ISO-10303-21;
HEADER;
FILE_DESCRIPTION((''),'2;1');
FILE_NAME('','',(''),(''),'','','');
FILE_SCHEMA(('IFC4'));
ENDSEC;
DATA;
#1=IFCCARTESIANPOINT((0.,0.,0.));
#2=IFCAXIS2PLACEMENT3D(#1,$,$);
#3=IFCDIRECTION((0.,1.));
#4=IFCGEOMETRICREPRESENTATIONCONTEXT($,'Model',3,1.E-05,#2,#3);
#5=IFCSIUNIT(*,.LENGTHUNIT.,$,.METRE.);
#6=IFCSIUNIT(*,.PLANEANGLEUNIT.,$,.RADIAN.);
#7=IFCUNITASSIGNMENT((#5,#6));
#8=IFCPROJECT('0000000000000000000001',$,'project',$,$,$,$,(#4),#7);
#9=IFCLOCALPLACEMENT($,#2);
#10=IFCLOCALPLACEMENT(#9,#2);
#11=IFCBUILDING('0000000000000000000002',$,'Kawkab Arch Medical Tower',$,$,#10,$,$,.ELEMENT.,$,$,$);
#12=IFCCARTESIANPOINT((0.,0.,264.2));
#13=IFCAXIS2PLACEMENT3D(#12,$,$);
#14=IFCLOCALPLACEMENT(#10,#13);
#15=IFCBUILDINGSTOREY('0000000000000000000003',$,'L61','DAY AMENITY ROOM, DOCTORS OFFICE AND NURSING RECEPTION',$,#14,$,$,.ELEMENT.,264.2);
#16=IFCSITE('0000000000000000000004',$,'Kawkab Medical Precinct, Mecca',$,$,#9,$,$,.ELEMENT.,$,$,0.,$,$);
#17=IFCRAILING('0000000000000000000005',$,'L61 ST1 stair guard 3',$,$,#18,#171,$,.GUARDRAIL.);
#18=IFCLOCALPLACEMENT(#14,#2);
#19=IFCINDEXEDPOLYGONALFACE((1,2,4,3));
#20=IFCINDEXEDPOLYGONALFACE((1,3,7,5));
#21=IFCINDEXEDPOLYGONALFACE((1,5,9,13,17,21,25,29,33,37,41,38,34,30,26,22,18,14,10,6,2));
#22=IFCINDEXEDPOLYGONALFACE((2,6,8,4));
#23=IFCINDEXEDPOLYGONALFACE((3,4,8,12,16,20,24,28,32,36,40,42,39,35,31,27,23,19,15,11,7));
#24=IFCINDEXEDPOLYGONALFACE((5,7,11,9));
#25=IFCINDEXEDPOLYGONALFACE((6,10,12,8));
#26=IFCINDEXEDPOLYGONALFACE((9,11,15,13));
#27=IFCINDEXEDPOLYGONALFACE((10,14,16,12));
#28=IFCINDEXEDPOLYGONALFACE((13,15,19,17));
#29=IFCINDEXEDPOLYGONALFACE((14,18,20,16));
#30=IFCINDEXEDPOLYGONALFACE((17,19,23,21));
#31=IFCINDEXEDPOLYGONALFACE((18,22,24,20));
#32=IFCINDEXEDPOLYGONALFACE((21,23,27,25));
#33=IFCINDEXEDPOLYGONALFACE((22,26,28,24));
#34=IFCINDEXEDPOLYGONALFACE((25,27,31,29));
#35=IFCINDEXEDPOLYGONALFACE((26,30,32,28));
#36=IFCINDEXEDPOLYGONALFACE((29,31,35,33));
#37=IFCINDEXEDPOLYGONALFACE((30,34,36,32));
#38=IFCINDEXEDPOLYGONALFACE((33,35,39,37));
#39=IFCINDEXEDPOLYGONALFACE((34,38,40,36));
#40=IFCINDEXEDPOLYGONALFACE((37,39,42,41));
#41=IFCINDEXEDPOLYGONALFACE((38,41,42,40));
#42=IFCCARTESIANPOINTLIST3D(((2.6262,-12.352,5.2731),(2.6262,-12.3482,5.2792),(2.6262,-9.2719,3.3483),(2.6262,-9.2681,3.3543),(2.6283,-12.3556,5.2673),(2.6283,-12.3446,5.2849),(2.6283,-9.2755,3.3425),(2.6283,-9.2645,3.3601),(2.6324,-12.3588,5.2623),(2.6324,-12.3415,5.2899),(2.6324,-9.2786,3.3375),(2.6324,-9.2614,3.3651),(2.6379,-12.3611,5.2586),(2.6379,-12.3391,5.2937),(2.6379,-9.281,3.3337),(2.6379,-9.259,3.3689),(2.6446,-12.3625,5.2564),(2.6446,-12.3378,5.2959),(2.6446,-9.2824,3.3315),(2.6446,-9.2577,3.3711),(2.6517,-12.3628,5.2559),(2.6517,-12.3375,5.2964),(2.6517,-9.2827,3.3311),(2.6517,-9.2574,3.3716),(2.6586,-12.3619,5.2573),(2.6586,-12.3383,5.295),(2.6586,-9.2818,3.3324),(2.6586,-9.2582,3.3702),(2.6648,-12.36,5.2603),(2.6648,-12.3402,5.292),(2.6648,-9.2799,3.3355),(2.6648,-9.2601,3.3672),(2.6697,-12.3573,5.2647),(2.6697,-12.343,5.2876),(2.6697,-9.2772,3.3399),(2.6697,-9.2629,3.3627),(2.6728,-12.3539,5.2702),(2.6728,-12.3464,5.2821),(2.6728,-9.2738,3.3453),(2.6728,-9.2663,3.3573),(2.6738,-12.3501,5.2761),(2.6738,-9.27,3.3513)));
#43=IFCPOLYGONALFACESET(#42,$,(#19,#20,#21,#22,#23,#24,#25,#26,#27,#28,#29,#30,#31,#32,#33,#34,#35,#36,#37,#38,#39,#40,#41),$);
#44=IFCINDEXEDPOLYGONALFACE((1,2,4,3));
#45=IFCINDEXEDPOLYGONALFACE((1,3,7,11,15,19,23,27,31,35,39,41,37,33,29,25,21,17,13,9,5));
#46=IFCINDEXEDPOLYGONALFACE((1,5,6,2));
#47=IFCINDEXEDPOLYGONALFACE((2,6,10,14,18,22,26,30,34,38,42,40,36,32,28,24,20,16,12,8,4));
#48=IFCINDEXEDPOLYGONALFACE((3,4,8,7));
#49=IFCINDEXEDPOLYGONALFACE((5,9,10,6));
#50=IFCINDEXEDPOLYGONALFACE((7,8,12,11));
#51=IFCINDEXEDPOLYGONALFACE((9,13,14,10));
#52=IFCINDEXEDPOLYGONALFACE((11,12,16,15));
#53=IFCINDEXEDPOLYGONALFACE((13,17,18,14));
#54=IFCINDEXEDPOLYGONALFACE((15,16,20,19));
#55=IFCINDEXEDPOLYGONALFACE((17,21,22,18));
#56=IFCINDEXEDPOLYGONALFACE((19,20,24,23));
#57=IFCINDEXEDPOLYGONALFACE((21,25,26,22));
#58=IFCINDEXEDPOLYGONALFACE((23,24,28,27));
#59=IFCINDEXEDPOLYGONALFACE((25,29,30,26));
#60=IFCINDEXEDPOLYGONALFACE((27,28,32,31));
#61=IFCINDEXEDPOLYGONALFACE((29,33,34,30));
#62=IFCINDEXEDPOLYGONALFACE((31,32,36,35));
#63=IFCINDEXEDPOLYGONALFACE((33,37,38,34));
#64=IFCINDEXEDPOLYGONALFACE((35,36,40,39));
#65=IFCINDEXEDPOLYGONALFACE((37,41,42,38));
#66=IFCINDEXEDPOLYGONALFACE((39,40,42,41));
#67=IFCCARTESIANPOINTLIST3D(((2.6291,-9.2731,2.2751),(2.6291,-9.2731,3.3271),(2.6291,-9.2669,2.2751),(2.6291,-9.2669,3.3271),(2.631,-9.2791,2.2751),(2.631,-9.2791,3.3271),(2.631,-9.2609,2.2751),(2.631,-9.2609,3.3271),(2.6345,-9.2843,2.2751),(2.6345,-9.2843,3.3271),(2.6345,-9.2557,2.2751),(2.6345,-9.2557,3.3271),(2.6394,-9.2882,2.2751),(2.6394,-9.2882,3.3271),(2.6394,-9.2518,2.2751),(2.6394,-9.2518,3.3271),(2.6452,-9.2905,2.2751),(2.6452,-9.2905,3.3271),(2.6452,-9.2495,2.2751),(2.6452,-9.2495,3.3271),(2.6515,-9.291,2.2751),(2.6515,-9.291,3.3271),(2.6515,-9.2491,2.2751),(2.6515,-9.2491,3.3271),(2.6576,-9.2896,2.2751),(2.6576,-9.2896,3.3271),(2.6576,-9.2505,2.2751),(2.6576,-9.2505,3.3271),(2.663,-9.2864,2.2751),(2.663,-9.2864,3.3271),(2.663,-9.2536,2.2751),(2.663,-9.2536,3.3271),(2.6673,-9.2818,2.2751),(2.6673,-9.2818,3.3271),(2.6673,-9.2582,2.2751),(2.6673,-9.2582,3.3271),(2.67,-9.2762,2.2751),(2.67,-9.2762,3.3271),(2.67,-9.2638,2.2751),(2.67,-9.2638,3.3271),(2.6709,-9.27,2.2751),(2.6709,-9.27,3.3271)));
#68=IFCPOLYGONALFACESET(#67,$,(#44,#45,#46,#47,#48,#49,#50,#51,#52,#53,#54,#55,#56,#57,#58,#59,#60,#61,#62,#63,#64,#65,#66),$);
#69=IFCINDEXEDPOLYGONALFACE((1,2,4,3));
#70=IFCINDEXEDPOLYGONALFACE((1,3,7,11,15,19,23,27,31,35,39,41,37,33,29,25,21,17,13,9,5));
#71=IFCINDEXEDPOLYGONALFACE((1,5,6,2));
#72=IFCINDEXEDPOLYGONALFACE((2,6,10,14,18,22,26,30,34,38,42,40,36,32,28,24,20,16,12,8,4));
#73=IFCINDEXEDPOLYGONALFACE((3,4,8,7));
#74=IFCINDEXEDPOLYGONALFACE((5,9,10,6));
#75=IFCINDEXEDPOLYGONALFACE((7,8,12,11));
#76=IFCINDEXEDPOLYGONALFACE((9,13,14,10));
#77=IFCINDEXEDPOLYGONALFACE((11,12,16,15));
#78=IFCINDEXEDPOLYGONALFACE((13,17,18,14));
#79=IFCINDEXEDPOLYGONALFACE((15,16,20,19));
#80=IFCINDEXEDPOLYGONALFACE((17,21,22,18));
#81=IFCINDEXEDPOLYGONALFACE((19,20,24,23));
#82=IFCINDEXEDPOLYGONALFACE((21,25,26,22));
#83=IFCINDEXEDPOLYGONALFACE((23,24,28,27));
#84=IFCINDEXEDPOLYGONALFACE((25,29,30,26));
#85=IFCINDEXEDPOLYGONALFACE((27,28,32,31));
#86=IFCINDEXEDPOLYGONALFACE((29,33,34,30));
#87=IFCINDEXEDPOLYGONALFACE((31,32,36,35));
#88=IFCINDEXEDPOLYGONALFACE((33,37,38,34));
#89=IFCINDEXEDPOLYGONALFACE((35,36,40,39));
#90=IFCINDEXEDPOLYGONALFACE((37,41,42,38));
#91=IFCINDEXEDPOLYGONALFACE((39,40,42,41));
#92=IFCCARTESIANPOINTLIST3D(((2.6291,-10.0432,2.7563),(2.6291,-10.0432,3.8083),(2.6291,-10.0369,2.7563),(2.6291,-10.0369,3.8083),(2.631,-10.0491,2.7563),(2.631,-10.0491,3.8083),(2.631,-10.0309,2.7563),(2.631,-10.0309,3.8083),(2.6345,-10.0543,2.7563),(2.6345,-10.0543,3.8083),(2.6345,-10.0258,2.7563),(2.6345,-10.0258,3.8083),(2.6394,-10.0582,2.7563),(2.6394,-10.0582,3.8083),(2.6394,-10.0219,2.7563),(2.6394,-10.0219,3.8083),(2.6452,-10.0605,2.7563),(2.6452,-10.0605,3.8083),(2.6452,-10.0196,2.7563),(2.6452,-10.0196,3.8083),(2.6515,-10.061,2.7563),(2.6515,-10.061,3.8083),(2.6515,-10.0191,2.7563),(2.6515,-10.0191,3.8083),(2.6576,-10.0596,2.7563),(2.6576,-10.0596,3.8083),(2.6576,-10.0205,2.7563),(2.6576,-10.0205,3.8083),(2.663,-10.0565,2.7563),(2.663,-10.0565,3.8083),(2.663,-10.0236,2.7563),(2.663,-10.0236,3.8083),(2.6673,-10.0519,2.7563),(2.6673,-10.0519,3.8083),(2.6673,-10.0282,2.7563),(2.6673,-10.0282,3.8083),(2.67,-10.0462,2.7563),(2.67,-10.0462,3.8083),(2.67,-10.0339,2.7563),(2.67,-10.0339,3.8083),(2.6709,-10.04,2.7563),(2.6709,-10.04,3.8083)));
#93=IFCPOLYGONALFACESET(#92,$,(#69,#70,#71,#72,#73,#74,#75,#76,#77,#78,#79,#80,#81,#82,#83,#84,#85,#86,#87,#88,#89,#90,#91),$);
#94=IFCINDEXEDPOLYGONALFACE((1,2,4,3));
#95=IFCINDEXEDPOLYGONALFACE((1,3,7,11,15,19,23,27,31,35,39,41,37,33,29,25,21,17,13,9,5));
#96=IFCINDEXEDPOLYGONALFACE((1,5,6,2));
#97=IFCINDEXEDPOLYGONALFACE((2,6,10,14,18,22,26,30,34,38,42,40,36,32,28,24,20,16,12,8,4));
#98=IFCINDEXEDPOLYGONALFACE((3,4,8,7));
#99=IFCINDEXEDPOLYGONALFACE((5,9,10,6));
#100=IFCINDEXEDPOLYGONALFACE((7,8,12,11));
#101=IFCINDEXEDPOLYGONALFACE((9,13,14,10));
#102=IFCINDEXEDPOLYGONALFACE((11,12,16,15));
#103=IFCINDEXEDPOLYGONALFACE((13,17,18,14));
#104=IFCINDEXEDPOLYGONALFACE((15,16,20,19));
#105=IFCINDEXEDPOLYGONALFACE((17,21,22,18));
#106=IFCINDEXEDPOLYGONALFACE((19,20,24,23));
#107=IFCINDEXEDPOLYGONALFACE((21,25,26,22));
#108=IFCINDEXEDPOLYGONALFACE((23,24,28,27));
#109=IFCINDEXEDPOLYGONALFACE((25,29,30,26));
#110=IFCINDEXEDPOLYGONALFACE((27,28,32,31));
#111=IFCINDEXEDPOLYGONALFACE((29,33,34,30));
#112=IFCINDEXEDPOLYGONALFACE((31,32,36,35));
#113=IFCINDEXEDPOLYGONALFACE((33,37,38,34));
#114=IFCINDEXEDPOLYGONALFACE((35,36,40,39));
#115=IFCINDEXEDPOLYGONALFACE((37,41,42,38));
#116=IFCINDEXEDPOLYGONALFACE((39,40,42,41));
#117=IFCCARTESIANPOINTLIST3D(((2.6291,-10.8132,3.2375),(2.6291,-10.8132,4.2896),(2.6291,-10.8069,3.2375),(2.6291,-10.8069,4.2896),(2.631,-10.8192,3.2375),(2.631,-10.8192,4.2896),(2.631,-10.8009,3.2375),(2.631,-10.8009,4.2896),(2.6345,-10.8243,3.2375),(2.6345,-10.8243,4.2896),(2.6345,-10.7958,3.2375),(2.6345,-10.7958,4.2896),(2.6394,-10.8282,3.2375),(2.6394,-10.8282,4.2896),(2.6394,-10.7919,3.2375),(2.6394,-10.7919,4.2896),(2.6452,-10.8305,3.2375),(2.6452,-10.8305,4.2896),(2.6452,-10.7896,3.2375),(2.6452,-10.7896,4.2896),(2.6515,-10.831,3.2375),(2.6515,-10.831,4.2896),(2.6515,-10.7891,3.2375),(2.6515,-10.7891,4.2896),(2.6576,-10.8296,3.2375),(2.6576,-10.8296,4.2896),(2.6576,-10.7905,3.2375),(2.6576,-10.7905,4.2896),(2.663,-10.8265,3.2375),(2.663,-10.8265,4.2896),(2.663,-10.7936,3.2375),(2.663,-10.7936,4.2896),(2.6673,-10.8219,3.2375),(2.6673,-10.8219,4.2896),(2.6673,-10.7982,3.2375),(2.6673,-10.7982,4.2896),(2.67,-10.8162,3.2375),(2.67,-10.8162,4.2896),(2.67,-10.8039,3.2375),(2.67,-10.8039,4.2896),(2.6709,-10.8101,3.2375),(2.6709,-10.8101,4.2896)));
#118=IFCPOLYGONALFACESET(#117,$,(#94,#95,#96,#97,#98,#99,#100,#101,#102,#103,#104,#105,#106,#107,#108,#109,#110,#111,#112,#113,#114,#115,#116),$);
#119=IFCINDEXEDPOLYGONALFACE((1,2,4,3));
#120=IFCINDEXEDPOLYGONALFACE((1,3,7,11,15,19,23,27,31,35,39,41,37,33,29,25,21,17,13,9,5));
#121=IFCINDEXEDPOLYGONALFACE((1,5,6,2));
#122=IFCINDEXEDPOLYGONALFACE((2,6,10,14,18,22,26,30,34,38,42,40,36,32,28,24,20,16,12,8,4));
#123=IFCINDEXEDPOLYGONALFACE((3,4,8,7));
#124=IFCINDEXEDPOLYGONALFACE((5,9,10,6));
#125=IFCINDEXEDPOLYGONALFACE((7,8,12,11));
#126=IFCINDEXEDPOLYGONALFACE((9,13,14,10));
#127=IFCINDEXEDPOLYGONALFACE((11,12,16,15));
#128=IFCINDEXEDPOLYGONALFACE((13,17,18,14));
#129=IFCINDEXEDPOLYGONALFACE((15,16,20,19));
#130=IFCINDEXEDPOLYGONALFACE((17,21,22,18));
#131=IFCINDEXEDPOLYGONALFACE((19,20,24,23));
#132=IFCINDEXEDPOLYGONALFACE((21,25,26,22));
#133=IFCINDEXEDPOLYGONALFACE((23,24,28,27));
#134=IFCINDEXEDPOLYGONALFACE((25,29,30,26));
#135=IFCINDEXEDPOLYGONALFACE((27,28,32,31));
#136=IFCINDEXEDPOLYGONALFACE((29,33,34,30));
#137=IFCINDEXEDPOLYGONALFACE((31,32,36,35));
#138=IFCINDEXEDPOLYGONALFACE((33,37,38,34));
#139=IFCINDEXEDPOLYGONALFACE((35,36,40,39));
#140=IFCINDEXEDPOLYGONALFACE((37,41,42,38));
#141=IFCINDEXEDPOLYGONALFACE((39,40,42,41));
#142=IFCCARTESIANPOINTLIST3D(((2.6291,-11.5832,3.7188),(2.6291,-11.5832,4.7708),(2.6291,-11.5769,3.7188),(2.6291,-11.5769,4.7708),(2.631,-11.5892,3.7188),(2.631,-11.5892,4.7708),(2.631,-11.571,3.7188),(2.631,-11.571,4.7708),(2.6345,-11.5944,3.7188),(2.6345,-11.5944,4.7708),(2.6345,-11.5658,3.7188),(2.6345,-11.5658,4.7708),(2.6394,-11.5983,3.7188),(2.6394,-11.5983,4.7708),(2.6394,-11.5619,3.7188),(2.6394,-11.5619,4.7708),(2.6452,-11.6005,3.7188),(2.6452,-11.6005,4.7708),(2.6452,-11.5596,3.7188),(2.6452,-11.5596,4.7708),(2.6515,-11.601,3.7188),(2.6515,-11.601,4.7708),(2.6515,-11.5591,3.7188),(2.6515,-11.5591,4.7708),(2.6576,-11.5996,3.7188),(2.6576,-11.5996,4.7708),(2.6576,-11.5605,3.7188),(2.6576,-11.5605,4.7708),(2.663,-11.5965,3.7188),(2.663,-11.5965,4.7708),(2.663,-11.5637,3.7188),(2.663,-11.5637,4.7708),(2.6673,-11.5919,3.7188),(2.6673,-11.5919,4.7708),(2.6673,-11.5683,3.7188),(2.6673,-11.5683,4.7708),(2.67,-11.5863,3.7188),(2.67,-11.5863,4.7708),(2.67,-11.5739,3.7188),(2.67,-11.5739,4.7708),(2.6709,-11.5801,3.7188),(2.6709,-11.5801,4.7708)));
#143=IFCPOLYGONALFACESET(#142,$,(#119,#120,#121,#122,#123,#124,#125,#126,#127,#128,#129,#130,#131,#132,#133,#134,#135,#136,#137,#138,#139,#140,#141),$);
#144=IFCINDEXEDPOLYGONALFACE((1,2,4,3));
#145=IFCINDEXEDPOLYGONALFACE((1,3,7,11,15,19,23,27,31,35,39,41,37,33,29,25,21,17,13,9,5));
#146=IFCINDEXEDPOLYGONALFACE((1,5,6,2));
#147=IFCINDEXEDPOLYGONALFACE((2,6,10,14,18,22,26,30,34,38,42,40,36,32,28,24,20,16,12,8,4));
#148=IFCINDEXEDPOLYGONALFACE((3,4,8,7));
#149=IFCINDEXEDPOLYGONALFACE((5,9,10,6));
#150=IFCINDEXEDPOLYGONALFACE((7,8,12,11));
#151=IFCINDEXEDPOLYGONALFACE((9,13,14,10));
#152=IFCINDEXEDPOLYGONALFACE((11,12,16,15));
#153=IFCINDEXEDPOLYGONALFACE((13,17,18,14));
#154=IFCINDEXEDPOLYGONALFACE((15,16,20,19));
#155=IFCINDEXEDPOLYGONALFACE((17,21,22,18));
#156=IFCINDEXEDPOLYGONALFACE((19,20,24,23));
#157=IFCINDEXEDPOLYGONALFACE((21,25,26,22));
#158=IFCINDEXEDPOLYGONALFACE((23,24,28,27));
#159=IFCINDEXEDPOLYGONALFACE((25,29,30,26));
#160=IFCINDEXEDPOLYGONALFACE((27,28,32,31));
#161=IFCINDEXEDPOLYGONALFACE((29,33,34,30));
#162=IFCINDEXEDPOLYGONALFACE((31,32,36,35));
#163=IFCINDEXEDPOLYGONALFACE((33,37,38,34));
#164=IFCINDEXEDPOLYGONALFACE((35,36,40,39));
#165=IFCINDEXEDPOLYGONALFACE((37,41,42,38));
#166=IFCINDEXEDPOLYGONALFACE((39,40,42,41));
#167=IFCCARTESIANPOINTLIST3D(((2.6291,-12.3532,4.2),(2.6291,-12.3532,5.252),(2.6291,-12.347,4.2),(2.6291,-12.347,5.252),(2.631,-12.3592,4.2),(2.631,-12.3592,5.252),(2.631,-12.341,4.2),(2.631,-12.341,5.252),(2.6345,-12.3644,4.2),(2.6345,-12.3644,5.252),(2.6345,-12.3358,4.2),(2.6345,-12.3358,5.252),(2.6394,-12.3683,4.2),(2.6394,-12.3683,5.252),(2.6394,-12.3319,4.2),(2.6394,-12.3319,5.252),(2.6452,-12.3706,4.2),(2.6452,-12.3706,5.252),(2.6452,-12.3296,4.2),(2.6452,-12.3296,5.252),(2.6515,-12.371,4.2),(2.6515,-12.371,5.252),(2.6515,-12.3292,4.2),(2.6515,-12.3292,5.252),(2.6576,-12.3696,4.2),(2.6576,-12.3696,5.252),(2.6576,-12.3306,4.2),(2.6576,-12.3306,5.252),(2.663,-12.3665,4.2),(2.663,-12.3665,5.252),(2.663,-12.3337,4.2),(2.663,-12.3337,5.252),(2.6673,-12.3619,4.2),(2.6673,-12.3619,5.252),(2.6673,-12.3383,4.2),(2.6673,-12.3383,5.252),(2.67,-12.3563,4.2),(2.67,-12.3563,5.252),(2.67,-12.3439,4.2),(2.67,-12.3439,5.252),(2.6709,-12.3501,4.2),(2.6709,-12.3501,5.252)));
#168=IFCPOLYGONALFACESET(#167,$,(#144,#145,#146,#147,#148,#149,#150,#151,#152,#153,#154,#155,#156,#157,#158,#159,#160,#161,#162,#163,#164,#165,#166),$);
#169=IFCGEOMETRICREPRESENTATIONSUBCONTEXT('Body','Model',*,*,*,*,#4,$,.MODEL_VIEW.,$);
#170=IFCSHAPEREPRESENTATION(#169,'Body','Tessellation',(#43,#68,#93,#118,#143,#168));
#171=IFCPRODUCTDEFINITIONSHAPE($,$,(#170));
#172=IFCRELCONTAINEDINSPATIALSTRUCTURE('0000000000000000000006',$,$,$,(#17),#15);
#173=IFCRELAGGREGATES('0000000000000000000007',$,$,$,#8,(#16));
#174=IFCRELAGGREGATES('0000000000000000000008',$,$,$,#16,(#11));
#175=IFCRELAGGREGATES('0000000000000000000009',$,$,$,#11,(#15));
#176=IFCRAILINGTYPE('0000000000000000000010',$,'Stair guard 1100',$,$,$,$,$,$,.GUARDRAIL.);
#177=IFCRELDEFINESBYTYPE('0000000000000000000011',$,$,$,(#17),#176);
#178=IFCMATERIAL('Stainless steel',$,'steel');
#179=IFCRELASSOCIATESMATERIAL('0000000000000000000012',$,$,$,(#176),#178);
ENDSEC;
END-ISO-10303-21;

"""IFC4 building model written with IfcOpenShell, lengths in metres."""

from ifc_helpers import new_model, si_unit, direction, frame, origin, origin_2d, place, context, subcontext, project, spatial, circle, extrude, material, type_object, element, save


model = new_model("IFC4")

# Units and contexts
model_context = context("Model", 3, precision=1e-05, world=origin(), true_north=direction((0.0, 1.0)))
body_context = subcontext(model_context, "Body", "Model", "MODEL_VIEW")
ifc_project = project(units=[si_unit("LENGTHUNIT", "METRE"), si_unit("PLANEANGLEUNIT", "RADIAN")], contexts=[model_context])

# Site, building, storey
site_placement = place(None, origin())
site = spatial("IfcSite", under=ifc_project, at=site_placement, Name="Kawkab Medical Precinct, Mecca", CompositionType="ELEMENT", RefElevation=0.0)
building_placement = place(site_placement, origin())
building = spatial("IfcBuilding", under=site, at=building_placement, Name="Kawkab Arch Medical Tower", CompositionType="ELEMENT")
storey_placement = place(building_placement, frame((0.0, 0.0, 264.2)))
storey = spatial("IfcBuildingStorey", under=building, at=storey_placement, Name="L61", Description="DAY AMENITY ROOM, DOCTORS OFFICE AND NURSING RECEPTION", CompositionType="ELEMENT", Elevation=264.2)

# Railing
ifc_material_1 = material(Name="Stainless steel", Category="steel")
railing_type_1 = type_object("IfcRailingType", Name="Stair guard 1100", PredefinedType="GUARDRAIL", material=ifc_material_1)
railing_1_placement = place(storey_placement, frame((2.6499, -9.27, 2.2751)))
element("IfcRailing", 1, at=railing_1_placement, inside=storey, type_object=railing_type_1, Name="L61 ST1 stair guard 3", PredefinedType="GUARDRAIL", context=body_context, shape_type="SweptSolid", body=[
    extrude(circle(Radius=0.0239, at=origin_2d()), frame((0.0, 0.0, 1.0762), z_axis=(0.0, -0.848029, 0.529951), x_axis=(1.0, 0.0, 0.0)), (0.0, 0.0, 1.0), 3.6321),
    extrude(circle(Radius=0.021, at=origin_2d()), origin(), (0.0, 0.0, 1.0), 1.052),
    extrude(circle(Radius=0.021, at=origin_2d()), frame((0.0, -0.77, 0.4812)), (0.0, 0.0, 1.0), 1.052),
    extrude(circle(Radius=0.021, at=origin_2d()), frame((0.0, -1.54, 0.9624)), (0.0, 0.0, 1.0), 1.052),
    extrude(circle(Radius=0.021, at=origin_2d()), frame((0.0, -2.3101, 1.4436)), (0.0, 0.0, 1.0), 1.052),
    extrude(circle(Radius=0.021, at=origin_2d()), frame((0.0, -3.0801, 1.9248)), (0.0, 0.0, 1.0), 1.052),
])

save(model, "model.ifc")
